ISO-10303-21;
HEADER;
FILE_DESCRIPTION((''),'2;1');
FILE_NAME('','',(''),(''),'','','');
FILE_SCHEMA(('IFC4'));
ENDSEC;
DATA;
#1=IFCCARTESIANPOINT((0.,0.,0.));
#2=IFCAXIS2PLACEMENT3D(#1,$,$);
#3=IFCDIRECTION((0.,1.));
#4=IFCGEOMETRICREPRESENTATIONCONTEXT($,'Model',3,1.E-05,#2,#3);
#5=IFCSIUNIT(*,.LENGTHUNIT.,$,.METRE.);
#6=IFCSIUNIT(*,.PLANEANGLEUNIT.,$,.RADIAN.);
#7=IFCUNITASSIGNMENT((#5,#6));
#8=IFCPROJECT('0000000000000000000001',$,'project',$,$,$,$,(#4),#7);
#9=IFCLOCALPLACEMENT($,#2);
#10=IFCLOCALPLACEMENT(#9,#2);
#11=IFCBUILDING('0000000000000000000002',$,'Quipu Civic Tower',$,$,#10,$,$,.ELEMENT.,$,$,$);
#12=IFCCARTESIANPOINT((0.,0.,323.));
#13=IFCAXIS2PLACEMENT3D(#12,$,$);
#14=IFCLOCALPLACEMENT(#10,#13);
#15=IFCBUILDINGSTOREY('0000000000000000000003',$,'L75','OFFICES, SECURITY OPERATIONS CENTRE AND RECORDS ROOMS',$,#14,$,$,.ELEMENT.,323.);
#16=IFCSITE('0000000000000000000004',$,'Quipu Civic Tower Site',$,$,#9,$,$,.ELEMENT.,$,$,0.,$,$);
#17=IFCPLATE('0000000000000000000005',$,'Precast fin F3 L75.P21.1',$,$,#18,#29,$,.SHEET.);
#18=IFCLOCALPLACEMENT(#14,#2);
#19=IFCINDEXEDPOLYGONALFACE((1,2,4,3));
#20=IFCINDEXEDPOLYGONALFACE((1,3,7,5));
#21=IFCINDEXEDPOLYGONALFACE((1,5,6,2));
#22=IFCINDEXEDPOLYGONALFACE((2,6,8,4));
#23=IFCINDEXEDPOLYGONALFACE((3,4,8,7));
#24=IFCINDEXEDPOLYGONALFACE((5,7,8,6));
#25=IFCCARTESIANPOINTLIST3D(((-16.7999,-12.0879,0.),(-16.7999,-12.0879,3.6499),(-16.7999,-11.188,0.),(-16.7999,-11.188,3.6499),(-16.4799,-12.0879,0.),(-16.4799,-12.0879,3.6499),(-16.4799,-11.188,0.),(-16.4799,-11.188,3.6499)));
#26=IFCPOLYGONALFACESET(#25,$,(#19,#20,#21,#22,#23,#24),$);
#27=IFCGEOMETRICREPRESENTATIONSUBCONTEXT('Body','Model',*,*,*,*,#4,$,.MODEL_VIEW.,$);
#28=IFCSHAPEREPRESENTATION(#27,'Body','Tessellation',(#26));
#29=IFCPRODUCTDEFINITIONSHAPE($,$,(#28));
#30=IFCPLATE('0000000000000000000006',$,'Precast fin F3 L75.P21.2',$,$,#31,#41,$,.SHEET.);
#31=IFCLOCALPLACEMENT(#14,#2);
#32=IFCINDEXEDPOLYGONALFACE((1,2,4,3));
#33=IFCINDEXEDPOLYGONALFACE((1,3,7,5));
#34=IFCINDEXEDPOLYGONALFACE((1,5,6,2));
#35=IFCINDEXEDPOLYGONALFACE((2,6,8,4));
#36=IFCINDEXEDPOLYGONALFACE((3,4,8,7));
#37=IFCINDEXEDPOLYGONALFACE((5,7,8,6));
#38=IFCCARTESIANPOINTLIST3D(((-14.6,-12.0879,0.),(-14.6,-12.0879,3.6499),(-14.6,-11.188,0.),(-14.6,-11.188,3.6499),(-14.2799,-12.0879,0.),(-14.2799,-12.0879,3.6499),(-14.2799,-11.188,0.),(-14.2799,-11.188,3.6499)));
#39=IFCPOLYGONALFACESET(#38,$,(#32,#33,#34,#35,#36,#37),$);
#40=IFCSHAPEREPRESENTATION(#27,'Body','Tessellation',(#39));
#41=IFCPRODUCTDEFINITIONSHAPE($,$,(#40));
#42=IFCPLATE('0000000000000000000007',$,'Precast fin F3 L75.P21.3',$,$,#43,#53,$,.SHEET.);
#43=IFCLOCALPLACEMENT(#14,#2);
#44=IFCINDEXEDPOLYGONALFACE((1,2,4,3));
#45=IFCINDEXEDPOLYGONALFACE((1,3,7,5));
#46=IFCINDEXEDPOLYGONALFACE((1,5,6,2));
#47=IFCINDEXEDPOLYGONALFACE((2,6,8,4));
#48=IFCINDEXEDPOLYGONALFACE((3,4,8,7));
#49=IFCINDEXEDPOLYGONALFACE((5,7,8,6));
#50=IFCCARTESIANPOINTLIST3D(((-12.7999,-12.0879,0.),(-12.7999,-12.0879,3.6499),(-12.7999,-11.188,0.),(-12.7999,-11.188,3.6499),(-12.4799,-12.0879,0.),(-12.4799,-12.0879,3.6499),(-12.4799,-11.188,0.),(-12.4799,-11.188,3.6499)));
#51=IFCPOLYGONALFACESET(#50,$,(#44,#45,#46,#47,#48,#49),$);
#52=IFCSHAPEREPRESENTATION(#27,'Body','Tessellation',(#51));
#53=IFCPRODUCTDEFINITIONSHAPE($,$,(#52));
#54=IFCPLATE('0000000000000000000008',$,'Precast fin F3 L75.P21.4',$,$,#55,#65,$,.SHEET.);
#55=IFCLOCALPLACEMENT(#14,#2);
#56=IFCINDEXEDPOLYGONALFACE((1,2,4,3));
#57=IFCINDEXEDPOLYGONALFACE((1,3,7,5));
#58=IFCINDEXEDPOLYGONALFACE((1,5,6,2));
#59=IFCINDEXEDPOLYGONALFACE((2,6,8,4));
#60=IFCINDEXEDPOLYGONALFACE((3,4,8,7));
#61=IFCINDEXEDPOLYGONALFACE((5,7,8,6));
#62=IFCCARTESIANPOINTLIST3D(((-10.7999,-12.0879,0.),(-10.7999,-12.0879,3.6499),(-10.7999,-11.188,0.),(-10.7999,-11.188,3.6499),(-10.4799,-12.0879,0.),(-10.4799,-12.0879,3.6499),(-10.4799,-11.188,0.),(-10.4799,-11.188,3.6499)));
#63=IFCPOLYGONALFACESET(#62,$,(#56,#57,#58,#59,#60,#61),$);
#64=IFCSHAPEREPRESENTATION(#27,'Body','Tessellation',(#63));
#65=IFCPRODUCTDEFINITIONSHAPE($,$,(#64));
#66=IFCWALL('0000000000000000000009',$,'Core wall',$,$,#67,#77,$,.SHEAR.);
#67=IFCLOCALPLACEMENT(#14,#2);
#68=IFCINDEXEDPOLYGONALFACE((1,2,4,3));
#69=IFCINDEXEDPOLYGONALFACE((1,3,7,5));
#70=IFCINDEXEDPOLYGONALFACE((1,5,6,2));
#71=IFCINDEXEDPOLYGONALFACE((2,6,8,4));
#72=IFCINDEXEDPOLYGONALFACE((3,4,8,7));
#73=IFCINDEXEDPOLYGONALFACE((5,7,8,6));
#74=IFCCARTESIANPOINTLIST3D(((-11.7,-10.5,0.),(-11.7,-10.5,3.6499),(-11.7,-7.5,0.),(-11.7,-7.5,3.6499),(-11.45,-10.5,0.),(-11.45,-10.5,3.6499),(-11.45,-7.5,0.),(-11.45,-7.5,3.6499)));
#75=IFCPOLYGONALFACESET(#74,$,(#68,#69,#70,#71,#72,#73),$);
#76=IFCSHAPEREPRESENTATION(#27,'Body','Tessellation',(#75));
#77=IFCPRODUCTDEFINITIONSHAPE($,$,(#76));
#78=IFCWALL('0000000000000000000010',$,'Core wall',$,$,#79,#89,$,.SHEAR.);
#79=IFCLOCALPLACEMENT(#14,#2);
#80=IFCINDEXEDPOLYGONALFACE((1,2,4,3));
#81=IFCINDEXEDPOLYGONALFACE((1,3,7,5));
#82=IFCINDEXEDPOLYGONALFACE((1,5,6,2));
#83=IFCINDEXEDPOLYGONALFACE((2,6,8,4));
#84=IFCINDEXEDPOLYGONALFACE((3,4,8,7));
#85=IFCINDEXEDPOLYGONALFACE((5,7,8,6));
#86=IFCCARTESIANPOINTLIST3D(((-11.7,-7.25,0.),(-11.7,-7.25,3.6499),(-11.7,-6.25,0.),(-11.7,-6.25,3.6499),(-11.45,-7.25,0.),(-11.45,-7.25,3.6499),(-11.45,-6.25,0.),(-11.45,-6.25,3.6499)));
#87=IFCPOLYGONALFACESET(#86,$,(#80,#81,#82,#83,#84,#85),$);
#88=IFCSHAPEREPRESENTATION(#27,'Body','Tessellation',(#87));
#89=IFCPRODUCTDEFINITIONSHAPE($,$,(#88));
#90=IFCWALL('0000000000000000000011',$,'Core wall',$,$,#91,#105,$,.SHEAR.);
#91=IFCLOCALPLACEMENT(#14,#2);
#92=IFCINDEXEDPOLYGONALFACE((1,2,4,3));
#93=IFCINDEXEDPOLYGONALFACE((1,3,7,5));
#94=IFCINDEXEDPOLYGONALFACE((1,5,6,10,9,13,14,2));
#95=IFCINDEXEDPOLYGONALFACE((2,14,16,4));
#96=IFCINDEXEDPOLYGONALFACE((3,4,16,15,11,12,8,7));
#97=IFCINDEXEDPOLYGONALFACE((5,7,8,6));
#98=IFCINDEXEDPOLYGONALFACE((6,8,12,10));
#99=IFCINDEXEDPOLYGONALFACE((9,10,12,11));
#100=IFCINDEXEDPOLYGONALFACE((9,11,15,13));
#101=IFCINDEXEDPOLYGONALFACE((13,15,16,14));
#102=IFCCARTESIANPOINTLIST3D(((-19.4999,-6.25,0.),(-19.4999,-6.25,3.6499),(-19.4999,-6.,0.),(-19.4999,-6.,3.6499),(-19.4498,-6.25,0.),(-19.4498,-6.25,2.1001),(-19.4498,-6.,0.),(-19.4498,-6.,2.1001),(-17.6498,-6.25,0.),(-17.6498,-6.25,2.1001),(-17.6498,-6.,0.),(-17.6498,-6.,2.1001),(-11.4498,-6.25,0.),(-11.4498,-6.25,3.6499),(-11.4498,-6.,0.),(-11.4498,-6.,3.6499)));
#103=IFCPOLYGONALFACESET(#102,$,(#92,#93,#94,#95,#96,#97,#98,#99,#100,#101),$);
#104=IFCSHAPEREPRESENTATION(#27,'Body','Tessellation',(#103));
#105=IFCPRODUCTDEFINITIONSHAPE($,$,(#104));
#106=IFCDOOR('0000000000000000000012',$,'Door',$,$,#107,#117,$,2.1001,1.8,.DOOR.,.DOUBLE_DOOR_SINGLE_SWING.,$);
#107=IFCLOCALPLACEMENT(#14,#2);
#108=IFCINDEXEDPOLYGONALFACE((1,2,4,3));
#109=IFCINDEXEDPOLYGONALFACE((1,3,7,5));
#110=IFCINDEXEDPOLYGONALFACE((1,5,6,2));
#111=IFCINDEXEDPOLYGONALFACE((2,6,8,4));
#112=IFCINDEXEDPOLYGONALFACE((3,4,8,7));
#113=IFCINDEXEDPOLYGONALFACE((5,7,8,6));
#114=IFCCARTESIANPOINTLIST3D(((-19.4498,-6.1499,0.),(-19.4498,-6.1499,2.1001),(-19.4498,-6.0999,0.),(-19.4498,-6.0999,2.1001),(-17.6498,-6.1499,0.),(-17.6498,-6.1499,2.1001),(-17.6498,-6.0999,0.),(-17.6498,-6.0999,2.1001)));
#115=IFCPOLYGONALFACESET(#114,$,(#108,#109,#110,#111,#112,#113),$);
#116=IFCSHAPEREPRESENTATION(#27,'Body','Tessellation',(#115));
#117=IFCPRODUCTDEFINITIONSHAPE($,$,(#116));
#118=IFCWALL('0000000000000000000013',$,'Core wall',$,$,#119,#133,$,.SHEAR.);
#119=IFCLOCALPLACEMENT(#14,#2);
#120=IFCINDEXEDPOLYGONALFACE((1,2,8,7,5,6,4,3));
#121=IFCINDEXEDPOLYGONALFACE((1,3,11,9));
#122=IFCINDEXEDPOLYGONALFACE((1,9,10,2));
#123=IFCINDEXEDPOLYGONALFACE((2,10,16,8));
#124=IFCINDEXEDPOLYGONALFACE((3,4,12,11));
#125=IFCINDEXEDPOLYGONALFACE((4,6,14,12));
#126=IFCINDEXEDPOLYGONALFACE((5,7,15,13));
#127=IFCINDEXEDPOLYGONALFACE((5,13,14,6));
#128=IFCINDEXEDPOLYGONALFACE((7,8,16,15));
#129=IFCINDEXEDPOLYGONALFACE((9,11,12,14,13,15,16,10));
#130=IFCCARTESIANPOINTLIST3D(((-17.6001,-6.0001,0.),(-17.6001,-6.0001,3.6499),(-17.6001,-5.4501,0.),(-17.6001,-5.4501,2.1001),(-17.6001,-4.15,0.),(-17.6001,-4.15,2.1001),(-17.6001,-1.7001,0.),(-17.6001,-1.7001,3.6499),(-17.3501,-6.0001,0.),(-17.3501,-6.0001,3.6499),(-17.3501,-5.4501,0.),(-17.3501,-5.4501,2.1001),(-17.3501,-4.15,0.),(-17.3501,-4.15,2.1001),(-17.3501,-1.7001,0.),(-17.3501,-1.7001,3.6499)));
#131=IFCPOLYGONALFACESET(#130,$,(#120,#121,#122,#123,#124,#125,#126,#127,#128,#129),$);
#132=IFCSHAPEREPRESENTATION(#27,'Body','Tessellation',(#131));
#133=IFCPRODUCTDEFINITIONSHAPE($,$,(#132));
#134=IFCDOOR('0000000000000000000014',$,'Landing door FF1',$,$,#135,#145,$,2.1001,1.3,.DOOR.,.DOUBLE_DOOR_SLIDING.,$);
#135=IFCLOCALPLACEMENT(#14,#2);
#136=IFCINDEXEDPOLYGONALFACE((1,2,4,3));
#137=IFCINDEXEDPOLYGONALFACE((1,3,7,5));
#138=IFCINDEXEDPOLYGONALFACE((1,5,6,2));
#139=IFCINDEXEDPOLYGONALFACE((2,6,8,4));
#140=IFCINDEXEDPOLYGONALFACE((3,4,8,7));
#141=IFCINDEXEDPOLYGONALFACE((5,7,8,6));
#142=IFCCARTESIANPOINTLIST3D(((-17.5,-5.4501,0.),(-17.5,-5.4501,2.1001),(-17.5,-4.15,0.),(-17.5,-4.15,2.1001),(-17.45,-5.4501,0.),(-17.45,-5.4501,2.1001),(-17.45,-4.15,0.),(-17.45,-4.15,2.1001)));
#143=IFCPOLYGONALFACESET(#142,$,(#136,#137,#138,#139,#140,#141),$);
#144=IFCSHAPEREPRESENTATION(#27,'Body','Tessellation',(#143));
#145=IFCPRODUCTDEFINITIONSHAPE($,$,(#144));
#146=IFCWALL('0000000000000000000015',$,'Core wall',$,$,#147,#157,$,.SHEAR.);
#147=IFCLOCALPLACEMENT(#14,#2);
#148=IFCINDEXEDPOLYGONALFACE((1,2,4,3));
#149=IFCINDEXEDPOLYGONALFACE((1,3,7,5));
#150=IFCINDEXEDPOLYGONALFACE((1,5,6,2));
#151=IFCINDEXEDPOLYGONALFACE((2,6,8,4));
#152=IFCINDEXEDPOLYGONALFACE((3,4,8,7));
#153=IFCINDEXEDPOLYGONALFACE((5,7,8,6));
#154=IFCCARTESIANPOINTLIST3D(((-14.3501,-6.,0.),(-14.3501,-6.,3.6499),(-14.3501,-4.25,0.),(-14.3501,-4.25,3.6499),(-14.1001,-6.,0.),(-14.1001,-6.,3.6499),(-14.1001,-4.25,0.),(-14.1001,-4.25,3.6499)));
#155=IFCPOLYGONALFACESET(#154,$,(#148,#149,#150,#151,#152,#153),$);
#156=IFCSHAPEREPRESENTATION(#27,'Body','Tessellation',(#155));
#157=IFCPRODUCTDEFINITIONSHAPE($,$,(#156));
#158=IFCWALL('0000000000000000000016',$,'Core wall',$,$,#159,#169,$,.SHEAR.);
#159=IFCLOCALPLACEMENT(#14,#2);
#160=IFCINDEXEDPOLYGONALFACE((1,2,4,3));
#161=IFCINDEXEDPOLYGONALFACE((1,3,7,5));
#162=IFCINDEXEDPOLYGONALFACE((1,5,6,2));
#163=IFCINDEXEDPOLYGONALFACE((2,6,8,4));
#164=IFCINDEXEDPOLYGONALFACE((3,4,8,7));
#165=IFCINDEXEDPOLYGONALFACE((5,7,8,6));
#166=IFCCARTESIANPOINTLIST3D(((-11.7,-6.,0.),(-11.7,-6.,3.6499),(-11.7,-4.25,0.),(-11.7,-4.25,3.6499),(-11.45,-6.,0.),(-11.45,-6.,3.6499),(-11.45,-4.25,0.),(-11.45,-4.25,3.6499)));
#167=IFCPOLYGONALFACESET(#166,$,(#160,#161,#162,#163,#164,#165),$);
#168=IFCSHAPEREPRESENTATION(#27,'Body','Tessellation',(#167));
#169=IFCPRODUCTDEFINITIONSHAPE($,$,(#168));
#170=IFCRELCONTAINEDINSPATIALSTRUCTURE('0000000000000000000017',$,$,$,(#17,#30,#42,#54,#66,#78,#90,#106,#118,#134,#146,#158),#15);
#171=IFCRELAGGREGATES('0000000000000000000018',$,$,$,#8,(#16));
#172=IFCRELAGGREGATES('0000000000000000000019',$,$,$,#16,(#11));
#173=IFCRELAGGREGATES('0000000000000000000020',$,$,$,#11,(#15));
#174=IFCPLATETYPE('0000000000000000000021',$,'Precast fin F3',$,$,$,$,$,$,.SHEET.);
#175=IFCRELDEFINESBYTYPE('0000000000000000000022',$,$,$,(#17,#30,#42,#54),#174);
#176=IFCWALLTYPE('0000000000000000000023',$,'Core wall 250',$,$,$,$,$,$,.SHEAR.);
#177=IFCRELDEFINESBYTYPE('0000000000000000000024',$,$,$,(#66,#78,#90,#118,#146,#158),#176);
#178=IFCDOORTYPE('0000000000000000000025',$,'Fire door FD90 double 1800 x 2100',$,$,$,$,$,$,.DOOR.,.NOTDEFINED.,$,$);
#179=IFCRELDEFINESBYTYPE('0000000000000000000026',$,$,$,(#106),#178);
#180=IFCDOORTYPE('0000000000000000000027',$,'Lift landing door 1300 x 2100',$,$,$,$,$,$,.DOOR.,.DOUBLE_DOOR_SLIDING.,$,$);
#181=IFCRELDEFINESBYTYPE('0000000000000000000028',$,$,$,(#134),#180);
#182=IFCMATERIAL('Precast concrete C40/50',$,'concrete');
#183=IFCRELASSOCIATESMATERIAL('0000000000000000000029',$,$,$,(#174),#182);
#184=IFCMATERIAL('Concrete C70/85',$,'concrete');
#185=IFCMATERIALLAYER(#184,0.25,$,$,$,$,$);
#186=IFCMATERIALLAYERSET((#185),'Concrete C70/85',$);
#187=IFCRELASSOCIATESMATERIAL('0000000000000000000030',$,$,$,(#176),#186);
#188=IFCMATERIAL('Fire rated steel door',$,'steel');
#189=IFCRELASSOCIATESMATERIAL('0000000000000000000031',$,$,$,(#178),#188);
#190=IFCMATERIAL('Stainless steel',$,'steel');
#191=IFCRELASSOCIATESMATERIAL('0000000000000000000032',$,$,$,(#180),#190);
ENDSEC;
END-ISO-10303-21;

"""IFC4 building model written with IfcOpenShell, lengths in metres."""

from ifc_helpers import new_model, si_unit, direction, frame, frame_2d, origin, origin_2d, place, context, subcontext, project, spatial, rectangle, extrude, material, layer, layer_set, type_object, element, fill, save


model = new_model("IFC4")

# Units and contexts
model_context = context("Model", 3, precision=1e-05, world=origin(), true_north=direction((0.0, 1.0)))
body_context = subcontext(model_context, "Body", "Model", "MODEL_VIEW")
ifc_project = project(units=[si_unit("LENGTHUNIT", "METRE"), si_unit("PLANEANGLEUNIT", "RADIAN")], contexts=[model_context])

# Site, building, storey
site_placement = place(None, origin())
site = spatial("IfcSite", under=ifc_project, at=site_placement, Name="Quipu Civic Tower Site", CompositionType="ELEMENT", RefElevation=0.0)
building_placement = place(site_placement, origin())
building = spatial("IfcBuilding", under=site, at=building_placement, Name="Quipu Civic Tower", CompositionType="ELEMENT")
storey_placement = place(building_placement, frame((0.0, 0.0, 323.0)))
storey = spatial("IfcBuildingStorey", under=building, at=storey_placement, Name="L75", Description="OFFICES, SECURITY OPERATIONS CENTRE AND RECORDS ROOMS", CompositionType="ELEMENT", Elevation=323.0)

# Plates
ifc_material_1 = material(Name="Precast concrete C40/50", Category="concrete")
plate_type = type_object("IfcPlateType", Name="Precast fin F3", PredefinedType="SHEET", material=ifc_material_1)
for number, where, z_axis, x_axis, name in (
    (1, (-16.6399, -11.6379, 0.0), (0.0, 0.0, 1.0), (1.0, 0.0, 0.0), "Precast fin F3 L75.P21.1"),
    (2, (-14.4399, -11.6379, 0.0), (0.0, 0.0, 1.0), (1.0, 0.0, 0.0), "Precast fin F3 L75.P21.2"),
    (3, (-12.6399, -11.6379, 0.0), (0.0, 0.0, 1.0), (1.0, 0.0, 0.0), "Precast fin F3 L75.P21.3"),
    (4, (-10.6399, -11.6379, 0.0), (0.0, 0.0, 1.0), (1.0, 0.0, 0.0), "Precast fin F3 L75.P21.4"),
):
    element("IfcPlate", number, at=place(storey_placement, frame(where, z_axis=z_axis, x_axis=x_axis)), inside=storey, type_object=plate_type, Name=name, PredefinedType="SHEET", context=body_context, shape_type="SweptSolid", body=[
        extrude(rectangle(XDim=0.3201, YDim=0.8999, at=origin_2d()), origin(), (0.0, 0.0, 1.0), 3.6499),
    ])

# Walls
ifc_material_2 = material(Name="Concrete C70/85", Category="concrete")
ifc_layer_1 = layer(ifc_material_2, 0.25)
ifc_layer_set_1 = layer_set([ifc_layer_1], Name="Concrete C70/85")
wall_type_1 = type_object("IfcWallType", Name="Core wall 250", PredefinedType="SHEAR", material=ifc_layer_set_1)
wall_1_placement = place(storey_placement, frame((-11.575, -10.5, 0.0), z_axis=(0.0, 0.0, 1.0), x_axis=(0.0, 1.0, 0.0)))
element("IfcWall", 5, at=wall_1_placement, inside=storey, type_object=wall_type_1, Name="Core wall", PredefinedType="SHEAR", context=body_context, shape_type="SweptSolid", body=[
    extrude(rectangle(XDim=3.0, YDim=0.25, at=frame_2d((1.5, 0.0))), origin(), (0.0, 0.0, 1.0), 3.6499),
])
wall_2_placement = place(storey_placement, frame((-11.575, -7.25, 0.0), z_axis=(0.0, 0.0, 1.0), x_axis=(0.0, 1.0, 0.0)))
element("IfcWall", 6, at=wall_2_placement, inside=storey, type_object=wall_type_1, Name="Core wall", PredefinedType="SHEAR", context=body_context, shape_type="SweptSolid", body=[
    extrude(rectangle(XDim=1.0, YDim=0.25, at=frame_2d((0.5, 0.0))), origin(), (0.0, 0.0, 1.0), 3.6499),
])

# Walls, openings, doors
wall_3_placement = place(storey_placement, frame((-11.45, -6.125, 0.0), z_axis=(0.0, 0.0, 1.0), x_axis=(-1.0, 0.0, 0.0)))
wall_3 = element("IfcWall", 7, at=wall_3_placement, inside=storey, type_object=wall_type_1, Name="Core wall", PredefinedType="SHEAR", context=body_context, shape_type="SweptSolid", body=[
    extrude(rectangle(XDim=8.05, YDim=0.25, at=frame_2d((4.0249, 0.0))), origin(), (0.0, 0.0, 1.0), 3.6499),
])
opening_1_placement = place(wall_3_placement, frame((6.2, 0.0, 0.0)))
opening_1 = element("IfcOpeningElement", 8, at=opening_1_placement, cuts=wall_3, PredefinedType="OPENING", context=body_context, shape_type="SweptSolid", body=[
    extrude(rectangle(XDim=1.8, YDim=2.1001, at=frame_2d((0.8999, 1.05))), frame((0.0, 0.135, 0.0), z_axis=(0.0, -1.0, 0.0), x_axis=(1.0, 0.0, 0.0)), (0.0, 0.0, 1.0), 0.27),
])
ifc_material_3 = material(Name="Fire rated steel door", Category="steel")
door_type_1 = type_object("IfcDoorType", Name="Fire door FD90 double 1800 x 2100", OperationType="NOTDEFINED", PredefinedType="DOOR", material=ifc_material_3)
door_1_placement = place(opening_1_placement, origin())
door_1 = element("IfcDoor", 9, at=door_1_placement, inside=storey, type_object=door_type_1, Name="Door", OperationType="DOUBLE_DOOR_SINGLE_SWING", OverallHeight=2.1001, OverallWidth=1.8, PredefinedType="DOOR", context=body_context, shape_type="SweptSolid", body=[
    extrude(rectangle(XDim=1.8, YDim=2.1001, at=frame_2d((0.8999, 1.05))), frame((0.0, 0.0249, 0.0), z_axis=(0.0, -1.0, 0.0), x_axis=(1.0, 0.0, 0.0)), (0.0, 0.0, 1.0), 0.05),
])
fill(opening_1, door_1)
wall_4_placement = place(storey_placement, frame((-17.4751, -6.0, 0.0), z_axis=(0.0, 0.0, 1.0), x_axis=(0.0, 1.0, 0.0)))
wall_4 = element("IfcWall", 10, at=wall_4_placement, inside=storey, type_object=wall_type_1, Name="Core wall", PredefinedType="SHEAR", context=body_context, shape_type="SweptSolid", body=[
    extrude(rectangle(XDim=4.3, YDim=0.25, at=frame_2d((2.1499, 0.0))), origin(), (0.0, 0.0, 1.0), 3.6499),
])
opening_2_placement = place(wall_4_placement, frame((0.55, 0.0, 0.0)))
opening_2 = element("IfcOpeningElement", 11, at=opening_2_placement, cuts=wall_4, PredefinedType="OPENING", context=body_context, shape_type="SweptSolid", body=[
    extrude(rectangle(XDim=1.3, YDim=2.1001, at=frame_2d((0.6499, 1.05))), frame((0.0, 0.135, 0.0), z_axis=(0.0, -1.0, 0.0), x_axis=(1.0, 0.0, 0.0)), (0.0, 0.0, 1.0), 0.27),
])
ifc_material_4 = material(Name="Stainless steel", Category="steel")
door_type_2 = type_object("IfcDoorType", Name="Lift landing door 1300 x 2100", OperationType="DOUBLE_DOOR_SLIDING", PredefinedType="DOOR", material=ifc_material_4)
door_2_placement = place(opening_2_placement, origin())
door_2 = element("IfcDoor", 12, at=door_2_placement, inside=storey, type_object=door_type_2, Name="Landing door FF1", OperationType="DOUBLE_DOOR_SLIDING", OverallHeight=2.1001, OverallWidth=1.3, PredefinedType="DOOR", context=body_context, shape_type="SweptSolid", body=[
    extrude(rectangle(XDim=1.3, YDim=2.1001, at=frame_2d((0.6499, 1.05))), frame((0.0, 0.0249, 0.0), z_axis=(0.0, -1.0, 0.0), x_axis=(1.0, 0.0, 0.0)), (0.0, 0.0, 1.0), 0.05),
])
fill(opening_2, door_2)

# Walls
for number, where, z_axis, x_axis, name in (
    (13, (-14.2251, -6.0, 0.0), (0.0, 0.0, 1.0), (0.0, 1.0, 0.0), "Core wall"),
    (14, (-11.575, -6.0, 0.0), (0.0, 0.0, 1.0), (0.0, 1.0, 0.0), "Core wall"),
):
    element("IfcWall", number, at=place(storey_placement, frame(where, z_axis=z_axis, x_axis=x_axis)), inside=storey, type_object=wall_type_1, Name=name, PredefinedType="SHEAR", context=body_context, shape_type="SweptSolid", body=[
        extrude(rectangle(XDim=1.75, YDim=0.25, at=frame_2d((0.875, 0.0))), origin(), (0.0, 0.0, 1.0), 3.6499),
    ])

save(model, "model.ifc")
